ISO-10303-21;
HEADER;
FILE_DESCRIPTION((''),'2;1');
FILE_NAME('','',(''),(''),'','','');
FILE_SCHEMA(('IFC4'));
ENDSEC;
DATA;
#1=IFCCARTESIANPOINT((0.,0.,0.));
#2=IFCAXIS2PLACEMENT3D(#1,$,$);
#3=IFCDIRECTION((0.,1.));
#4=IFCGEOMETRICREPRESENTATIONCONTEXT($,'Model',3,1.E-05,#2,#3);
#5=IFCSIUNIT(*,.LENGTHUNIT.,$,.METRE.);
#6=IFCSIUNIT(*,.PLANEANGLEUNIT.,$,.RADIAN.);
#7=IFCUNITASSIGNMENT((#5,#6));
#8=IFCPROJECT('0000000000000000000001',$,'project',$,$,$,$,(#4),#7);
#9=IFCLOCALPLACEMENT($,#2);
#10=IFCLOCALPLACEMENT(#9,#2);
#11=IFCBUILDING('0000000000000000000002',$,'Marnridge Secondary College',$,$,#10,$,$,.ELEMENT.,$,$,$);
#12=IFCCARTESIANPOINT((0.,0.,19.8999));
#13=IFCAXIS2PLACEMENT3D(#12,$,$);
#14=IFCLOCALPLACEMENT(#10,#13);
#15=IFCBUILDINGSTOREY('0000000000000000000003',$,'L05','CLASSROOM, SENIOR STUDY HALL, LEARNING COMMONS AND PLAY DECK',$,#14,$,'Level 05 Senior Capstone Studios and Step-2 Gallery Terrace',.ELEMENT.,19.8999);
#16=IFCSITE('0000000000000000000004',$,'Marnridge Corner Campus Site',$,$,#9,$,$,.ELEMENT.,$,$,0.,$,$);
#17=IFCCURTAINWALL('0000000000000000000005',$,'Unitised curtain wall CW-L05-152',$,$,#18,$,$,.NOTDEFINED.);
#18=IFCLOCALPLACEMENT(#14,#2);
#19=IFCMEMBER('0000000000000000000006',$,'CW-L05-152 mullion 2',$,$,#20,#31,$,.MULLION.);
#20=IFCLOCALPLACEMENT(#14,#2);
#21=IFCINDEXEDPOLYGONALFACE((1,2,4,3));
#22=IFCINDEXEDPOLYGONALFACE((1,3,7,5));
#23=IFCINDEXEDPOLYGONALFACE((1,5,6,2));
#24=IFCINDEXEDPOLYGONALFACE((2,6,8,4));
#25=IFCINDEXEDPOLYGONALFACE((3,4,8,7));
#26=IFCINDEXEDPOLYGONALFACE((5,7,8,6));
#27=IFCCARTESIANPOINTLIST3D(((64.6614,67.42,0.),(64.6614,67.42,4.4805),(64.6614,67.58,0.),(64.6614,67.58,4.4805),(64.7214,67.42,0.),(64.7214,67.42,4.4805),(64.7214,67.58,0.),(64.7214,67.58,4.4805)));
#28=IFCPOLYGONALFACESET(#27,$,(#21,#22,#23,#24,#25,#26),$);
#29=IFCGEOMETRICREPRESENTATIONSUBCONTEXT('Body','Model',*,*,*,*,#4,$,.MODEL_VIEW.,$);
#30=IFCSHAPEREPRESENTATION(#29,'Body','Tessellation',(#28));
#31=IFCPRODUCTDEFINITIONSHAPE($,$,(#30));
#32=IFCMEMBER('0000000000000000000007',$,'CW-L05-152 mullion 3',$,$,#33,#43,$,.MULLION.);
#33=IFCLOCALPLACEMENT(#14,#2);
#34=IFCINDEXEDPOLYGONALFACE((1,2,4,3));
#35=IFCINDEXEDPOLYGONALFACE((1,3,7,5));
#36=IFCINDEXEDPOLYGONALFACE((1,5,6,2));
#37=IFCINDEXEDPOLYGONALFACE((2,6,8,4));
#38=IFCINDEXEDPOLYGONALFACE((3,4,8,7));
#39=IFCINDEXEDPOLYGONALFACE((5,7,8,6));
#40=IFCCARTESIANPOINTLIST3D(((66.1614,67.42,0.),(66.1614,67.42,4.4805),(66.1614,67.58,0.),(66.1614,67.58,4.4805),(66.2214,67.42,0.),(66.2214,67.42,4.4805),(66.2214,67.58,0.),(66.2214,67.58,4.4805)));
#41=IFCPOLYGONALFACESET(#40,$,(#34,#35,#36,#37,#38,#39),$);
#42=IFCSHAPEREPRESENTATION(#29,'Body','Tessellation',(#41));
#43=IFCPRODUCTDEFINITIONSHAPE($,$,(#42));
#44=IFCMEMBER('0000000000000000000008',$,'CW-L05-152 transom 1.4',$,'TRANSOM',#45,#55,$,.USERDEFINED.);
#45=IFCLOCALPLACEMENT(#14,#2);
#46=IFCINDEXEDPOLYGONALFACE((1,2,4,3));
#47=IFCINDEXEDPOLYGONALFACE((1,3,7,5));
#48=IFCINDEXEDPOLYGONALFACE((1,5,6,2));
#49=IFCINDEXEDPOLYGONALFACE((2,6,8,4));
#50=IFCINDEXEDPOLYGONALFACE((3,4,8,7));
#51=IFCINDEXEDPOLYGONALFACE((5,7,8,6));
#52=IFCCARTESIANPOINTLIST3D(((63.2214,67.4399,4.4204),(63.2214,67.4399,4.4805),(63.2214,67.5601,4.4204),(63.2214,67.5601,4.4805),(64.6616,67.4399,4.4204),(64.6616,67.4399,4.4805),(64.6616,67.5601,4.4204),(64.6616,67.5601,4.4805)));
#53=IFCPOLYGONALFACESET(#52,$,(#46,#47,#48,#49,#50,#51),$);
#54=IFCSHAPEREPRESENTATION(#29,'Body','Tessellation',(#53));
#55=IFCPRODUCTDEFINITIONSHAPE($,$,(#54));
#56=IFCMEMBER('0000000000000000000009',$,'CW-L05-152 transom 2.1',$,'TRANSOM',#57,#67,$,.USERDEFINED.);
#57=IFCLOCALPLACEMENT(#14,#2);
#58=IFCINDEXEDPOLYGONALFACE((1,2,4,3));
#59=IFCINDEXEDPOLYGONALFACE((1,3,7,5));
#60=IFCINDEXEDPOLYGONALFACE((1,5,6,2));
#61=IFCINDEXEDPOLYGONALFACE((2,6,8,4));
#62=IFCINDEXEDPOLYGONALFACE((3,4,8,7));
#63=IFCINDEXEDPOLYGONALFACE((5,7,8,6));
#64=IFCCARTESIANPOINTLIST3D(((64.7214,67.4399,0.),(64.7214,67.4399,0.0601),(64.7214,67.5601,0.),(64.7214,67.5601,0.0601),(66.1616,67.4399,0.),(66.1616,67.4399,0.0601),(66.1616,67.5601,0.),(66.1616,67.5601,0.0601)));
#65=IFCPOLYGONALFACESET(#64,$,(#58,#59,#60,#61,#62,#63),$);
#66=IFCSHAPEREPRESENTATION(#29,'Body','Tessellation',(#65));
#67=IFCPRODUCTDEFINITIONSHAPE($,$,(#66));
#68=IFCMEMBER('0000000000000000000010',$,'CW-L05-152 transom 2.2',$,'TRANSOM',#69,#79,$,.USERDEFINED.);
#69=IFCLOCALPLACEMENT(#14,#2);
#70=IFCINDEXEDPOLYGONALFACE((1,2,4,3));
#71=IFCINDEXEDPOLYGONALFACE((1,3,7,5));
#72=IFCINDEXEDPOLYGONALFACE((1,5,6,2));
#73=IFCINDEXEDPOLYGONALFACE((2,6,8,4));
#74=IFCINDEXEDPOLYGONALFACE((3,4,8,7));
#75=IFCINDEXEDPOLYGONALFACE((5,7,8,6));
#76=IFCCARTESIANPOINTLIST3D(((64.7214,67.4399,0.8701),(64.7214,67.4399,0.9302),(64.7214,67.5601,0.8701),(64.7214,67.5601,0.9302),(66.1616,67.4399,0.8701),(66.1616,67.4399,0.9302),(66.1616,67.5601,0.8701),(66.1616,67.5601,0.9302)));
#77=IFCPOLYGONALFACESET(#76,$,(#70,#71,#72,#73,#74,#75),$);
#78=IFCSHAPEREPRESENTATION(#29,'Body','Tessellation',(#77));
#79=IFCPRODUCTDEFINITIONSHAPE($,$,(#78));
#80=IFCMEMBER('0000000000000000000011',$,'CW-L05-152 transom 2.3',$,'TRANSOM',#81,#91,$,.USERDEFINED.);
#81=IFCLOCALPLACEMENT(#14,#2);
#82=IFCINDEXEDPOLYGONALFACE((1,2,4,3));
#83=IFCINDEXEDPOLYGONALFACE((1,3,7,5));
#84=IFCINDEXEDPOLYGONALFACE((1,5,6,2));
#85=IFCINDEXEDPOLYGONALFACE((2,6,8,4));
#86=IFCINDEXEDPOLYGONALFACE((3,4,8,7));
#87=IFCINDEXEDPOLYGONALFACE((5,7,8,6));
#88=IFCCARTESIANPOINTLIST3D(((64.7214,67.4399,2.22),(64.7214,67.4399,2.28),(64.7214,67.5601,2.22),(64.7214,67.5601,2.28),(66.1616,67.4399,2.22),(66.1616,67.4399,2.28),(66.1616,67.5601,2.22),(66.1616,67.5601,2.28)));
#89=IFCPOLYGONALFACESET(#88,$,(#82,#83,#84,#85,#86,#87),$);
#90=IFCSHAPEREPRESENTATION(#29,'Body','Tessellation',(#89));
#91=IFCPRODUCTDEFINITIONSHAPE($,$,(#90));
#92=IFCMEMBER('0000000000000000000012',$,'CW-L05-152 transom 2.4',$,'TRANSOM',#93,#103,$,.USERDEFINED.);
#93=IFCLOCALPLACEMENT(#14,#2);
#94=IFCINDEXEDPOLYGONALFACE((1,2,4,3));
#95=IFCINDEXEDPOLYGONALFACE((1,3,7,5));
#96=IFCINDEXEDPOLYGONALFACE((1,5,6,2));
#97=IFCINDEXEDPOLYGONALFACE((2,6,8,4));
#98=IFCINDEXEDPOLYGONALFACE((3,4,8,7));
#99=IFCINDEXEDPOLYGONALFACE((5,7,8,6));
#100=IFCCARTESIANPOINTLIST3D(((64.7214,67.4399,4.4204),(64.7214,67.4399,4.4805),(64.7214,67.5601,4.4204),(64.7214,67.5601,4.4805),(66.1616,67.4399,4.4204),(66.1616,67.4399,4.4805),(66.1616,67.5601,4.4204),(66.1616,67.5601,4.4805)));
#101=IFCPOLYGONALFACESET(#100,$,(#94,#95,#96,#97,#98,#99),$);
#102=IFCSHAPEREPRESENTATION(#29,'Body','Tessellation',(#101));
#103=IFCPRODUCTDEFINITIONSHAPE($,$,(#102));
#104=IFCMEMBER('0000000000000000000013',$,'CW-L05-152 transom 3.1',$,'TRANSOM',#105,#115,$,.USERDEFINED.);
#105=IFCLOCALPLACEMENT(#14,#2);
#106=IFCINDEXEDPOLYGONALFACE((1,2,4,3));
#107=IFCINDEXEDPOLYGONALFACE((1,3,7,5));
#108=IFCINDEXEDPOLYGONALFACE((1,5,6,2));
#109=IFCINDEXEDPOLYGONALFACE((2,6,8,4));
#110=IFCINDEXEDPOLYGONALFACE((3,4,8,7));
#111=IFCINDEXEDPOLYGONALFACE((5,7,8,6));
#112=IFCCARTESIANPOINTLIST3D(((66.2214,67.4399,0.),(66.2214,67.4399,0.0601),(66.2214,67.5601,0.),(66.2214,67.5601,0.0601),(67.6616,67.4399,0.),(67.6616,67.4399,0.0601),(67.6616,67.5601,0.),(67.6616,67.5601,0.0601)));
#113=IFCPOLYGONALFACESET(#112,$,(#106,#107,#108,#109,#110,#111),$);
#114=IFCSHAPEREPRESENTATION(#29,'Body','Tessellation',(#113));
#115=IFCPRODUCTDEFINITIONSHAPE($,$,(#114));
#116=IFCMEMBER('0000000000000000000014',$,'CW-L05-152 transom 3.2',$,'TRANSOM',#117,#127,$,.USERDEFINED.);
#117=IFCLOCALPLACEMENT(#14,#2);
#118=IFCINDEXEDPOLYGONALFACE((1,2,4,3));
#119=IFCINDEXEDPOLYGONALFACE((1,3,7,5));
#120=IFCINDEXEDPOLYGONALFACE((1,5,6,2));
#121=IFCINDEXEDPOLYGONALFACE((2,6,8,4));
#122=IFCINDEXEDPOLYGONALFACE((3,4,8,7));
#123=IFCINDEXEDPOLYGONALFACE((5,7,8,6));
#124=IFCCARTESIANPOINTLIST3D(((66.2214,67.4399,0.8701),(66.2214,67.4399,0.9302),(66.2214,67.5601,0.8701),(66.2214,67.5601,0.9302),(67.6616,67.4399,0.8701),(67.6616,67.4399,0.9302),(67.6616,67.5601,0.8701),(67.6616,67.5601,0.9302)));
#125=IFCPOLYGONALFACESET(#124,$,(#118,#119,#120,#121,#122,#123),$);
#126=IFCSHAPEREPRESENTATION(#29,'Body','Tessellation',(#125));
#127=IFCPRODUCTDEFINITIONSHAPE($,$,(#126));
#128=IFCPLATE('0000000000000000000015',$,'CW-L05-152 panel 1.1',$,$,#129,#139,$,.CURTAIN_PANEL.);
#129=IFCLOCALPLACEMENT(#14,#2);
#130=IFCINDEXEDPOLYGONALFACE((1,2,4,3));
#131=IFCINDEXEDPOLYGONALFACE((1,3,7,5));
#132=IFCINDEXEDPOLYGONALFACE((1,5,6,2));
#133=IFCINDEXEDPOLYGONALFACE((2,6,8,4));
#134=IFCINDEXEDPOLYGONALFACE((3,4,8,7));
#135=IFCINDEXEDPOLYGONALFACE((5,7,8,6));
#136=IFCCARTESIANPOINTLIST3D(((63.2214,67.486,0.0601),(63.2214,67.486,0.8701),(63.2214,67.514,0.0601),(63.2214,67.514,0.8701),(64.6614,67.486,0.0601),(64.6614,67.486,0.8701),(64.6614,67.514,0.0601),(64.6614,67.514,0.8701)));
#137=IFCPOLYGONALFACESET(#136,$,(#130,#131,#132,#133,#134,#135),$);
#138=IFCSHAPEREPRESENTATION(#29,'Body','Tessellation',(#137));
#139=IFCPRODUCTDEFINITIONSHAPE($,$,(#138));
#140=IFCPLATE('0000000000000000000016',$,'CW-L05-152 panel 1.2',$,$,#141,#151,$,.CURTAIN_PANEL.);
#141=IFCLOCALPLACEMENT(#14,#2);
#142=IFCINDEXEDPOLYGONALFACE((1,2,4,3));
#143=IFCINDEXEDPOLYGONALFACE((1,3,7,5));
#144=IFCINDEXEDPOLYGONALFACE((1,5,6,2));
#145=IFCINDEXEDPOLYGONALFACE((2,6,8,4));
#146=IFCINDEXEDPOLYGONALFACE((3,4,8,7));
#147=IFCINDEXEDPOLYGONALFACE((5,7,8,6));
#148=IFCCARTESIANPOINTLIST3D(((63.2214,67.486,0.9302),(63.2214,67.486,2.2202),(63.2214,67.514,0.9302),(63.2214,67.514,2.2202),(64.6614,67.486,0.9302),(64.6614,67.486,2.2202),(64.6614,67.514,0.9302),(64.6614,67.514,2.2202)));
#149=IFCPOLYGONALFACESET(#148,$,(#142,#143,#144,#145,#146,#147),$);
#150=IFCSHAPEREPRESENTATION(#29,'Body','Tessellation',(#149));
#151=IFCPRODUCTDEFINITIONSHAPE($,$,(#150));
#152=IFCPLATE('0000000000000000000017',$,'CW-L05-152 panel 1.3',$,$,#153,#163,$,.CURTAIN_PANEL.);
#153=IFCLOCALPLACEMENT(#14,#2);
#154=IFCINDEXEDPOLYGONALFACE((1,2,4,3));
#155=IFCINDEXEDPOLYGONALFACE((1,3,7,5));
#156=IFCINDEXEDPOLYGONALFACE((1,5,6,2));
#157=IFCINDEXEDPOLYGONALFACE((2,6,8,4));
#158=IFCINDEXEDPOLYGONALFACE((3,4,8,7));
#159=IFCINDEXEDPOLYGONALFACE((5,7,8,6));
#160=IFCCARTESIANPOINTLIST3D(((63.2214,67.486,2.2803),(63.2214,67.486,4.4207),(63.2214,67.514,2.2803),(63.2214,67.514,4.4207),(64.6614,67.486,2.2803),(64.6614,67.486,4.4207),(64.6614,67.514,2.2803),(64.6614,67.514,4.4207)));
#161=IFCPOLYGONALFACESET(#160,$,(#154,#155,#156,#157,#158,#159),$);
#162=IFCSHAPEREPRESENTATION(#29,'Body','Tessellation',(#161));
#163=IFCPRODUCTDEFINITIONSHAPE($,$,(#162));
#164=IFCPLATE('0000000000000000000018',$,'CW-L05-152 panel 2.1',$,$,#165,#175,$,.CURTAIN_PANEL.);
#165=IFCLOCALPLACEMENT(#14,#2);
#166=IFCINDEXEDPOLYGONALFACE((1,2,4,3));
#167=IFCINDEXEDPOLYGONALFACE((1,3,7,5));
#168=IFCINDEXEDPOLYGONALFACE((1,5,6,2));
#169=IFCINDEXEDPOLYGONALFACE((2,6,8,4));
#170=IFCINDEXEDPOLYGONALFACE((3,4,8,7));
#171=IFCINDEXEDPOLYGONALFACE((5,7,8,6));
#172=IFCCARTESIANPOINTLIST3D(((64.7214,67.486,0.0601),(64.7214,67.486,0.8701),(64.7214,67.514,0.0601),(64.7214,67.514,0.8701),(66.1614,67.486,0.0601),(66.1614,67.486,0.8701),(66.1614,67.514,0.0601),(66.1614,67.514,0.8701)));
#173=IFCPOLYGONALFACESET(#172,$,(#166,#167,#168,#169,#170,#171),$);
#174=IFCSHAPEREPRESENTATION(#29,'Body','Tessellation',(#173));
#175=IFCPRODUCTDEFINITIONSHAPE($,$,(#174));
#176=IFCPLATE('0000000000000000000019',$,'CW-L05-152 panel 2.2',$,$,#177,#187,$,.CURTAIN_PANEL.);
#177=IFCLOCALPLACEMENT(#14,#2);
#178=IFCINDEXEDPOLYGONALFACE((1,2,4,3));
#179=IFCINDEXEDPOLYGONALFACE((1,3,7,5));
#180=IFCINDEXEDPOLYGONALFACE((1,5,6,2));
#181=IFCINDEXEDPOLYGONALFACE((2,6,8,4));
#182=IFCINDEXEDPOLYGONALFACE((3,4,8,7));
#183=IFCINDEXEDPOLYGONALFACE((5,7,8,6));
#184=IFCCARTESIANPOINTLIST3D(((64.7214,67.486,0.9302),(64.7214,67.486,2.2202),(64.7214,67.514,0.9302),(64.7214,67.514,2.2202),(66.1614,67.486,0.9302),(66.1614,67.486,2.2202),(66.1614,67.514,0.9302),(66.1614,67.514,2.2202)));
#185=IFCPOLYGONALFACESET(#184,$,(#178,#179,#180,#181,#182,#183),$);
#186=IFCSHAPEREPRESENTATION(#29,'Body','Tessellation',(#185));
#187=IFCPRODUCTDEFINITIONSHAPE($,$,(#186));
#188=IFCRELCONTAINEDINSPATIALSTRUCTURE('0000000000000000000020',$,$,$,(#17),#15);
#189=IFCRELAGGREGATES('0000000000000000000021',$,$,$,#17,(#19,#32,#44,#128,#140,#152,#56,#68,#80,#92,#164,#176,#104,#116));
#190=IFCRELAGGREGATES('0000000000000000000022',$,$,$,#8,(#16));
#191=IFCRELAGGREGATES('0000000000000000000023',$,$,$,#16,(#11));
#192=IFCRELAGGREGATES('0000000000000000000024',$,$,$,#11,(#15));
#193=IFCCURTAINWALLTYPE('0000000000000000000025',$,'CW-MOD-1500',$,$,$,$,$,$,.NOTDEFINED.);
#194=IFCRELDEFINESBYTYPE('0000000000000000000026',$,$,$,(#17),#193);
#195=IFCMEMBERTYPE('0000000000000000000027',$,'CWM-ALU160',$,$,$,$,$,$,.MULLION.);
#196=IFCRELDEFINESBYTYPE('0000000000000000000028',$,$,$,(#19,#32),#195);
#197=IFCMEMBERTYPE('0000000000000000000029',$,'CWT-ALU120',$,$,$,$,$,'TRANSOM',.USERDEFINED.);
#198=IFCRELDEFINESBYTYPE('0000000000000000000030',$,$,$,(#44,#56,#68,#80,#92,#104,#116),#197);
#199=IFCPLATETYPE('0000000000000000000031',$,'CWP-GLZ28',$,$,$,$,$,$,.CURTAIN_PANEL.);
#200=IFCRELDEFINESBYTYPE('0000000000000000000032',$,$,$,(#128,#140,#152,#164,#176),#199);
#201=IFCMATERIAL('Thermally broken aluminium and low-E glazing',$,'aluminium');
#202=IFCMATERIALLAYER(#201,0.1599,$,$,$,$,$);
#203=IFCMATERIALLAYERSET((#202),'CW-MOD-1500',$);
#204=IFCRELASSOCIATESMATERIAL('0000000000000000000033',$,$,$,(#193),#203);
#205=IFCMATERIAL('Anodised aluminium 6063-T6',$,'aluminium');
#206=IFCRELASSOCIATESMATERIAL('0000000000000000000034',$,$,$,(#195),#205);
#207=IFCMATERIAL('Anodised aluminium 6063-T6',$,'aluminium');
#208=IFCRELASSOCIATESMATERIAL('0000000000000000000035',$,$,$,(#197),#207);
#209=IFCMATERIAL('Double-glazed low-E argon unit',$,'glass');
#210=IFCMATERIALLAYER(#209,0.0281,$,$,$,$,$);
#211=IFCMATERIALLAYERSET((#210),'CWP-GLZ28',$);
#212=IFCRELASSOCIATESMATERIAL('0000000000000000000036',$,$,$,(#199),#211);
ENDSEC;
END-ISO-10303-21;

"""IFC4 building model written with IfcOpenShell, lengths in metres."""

from ifc_helpers import new_model, si_unit, direction, frame, origin, origin_2d, place, context, subcontext, project, spatial, rectangle, extrude, material, layer, layer_set, material_profile, profile_set, type_object, element, aggregate, save


model = new_model("IFC4")

# Units and contexts
model_context = context("Model", 3, precision=1e-05, world=origin(), true_north=direction((0.0, 1.0)))
body_context = subcontext(model_context, "Body", "Model", "MODEL_VIEW")
ifc_project = project(units=[si_unit("LENGTHUNIT", "METRE"), si_unit("PLANEANGLEUNIT", "RADIAN")], contexts=[model_context])

# Site, building, storey
site_placement = place(None, origin())
site = spatial("IfcSite", under=ifc_project, at=site_placement, Name="Marnridge Corner Campus Site", CompositionType="ELEMENT", RefElevation=0.0)
building_placement = place(site_placement, origin())
building = spatial("IfcBuilding", under=site, at=building_placement, Name="Marnridge Secondary College", CompositionType="ELEMENT")
storey_placement = place(building_placement, frame((0.0, 0.0, 19.8999)))
storey = spatial("IfcBuildingStorey", under=building, at=storey_placement, Name="L05", Description="CLASSROOM, SENIOR STUDY HALL, LEARNING COMMONS AND PLAY DECK", LongName="Level 05 Senior Capstone Studios and Step-2 Gallery Terrace", CompositionType="ELEMENT", Elevation=19.8999)

# Curtain wall, members, plates
ifc_material_1 = material(Name="Thermally broken aluminium and low-E glazing", Category="aluminium")
ifc_layer_1 = layer(ifc_material_1, 0.1599)
ifc_layer_set_1 = layer_set([ifc_layer_1], Name="CW-MOD-1500")
curtain_wall_type = type_object("IfcCurtainWallType", Name="CW-MOD-1500", PredefinedType="NOTDEFINED", material=ifc_layer_set_1)
curtain_wall_placement = place(storey_placement, origin())
curtain_wall = element("IfcCurtainWall", 1, at=curtain_wall_placement, inside=storey, type_object=curtain_wall_type, Name="Unitised curtain wall CW-L05-152", PredefinedType="NOTDEFINED")
ifc_material_2 = material(Name="Anodised aluminium 6063-T6", Category="aluminium")
ifc_material_profile_1 = material_profile(ifc_material_2, rectangle(XDim=0.0601, YDim=0.1599, at=origin_2d()), Name="ALU 60x160")
ifc_profile_set_1 = profile_set([ifc_material_profile_1], Name="Anodised aluminium 6063-T6")
member_type_1 = type_object("IfcMemberType", Name="CWM-ALU160", PredefinedType="MULLION", material=ifc_profile_set_1)
member_1_placement = place(storey_placement, frame((64.6914, 67.5, 0.0), z_axis=(0.0, 0.0, 1.0), x_axis=(1.0, 0.0, 0.0)))
member_1 = element("IfcMember", 2, at=member_1_placement, type_object=member_type_1, Name="CW-L05-152 mullion 2", PredefinedType="MULLION", context=body_context, shape_type="SweptSolid", body=[
    extrude(rectangle(XDim=0.0601, YDim=0.1599, at=origin_2d()), origin(), (0.0, 0.0, 1.0), 4.4805),
])
member_2_placement = place(storey_placement, frame((66.1914, 67.5, 0.0), z_axis=(0.0, 0.0, 1.0), x_axis=(1.0, 0.0, 0.0)))
member_2 = element("IfcMember", 3, at=member_2_placement, type_object=member_type_1, Name="CW-L05-152 mullion 3", PredefinedType="MULLION", context=body_context, shape_type="SweptSolid", body=[
    extrude(rectangle(XDim=0.0601, YDim=0.1599, at=origin_2d()), origin(), (0.0, 0.0, 1.0), 4.4805),
])
ifc_material_3 = material(Name="Anodised aluminium 6063-T6", Category="aluminium")
ifc_material_profile_2 = material_profile(ifc_material_3, rectangle(XDim=0.0601, YDim=0.1201, at=origin_2d()), Name="ALU 60x120")
ifc_profile_set_2 = profile_set([ifc_material_profile_2], Name="Anodised aluminium 6063-T6")
member_type_2 = type_object("IfcMemberType", Name="CWT-ALU120", ElementType="TRANSOM", PredefinedType="USERDEFINED", material=ifc_profile_set_2)
member_3_placement = place(storey_placement, frame((63.2214, 67.5, 4.4504), z_axis=(1.0, 0.0, 0.0), x_axis=(0.0, 0.0, 1.0)))
member_3 = element("IfcMember", 4, at=member_3_placement, type_object=member_type_2, Name="CW-L05-152 transom 1.4", ObjectType="TRANSOM", PredefinedType="USERDEFINED", context=body_context, shape_type="SweptSolid", body=[
    extrude(rectangle(XDim=0.0601, YDim=0.1201, at=origin_2d()), origin(), (0.0, 0.0, 1.0), 1.4402),
])
member_4_placement = place(storey_placement, frame((64.7214, 67.5, 0.03), z_axis=(1.0, 0.0, 0.0), x_axis=(0.0, 0.0, 1.0)))
member_4 = element("IfcMember", 5, at=member_4_placement, type_object=member_type_2, Name="CW-L05-152 transom 2.1", ObjectType="TRANSOM", PredefinedType="USERDEFINED", context=body_context, shape_type="SweptSolid", body=[
    extrude(rectangle(XDim=0.0601, YDim=0.1201, at=origin_2d()), origin(), (0.0, 0.0, 1.0), 1.4402),
])
member_5_placement = place(storey_placement, frame((64.7214, 67.5, 0.9001), z_axis=(1.0, 0.0, 0.0), x_axis=(0.0, 0.0, 1.0)))
member_5 = element("IfcMember", 6, at=member_5_placement, type_object=member_type_2, Name="CW-L05-152 transom 2.2", ObjectType="TRANSOM", PredefinedType="USERDEFINED", context=body_context, shape_type="SweptSolid", body=[
    extrude(rectangle(XDim=0.0601, YDim=0.1201, at=origin_2d()), origin(), (0.0, 0.0, 1.0), 1.4402),
])
member_6_placement = place(storey_placement, frame((64.7214, 67.5, 2.25), z_axis=(1.0, 0.0, 0.0), x_axis=(0.0, 0.0, 1.0)))
member_6 = element("IfcMember", 7, at=member_6_placement, type_object=member_type_2, Name="CW-L05-152 transom 2.3", ObjectType="TRANSOM", PredefinedType="USERDEFINED", context=body_context, shape_type="SweptSolid", body=[
    extrude(rectangle(XDim=0.0601, YDim=0.1201, at=origin_2d()), origin(), (0.0, 0.0, 1.0), 1.4402),
])
member_7_placement = place(storey_placement, frame((64.7214, 67.5, 4.4504), z_axis=(1.0, 0.0, 0.0), x_axis=(0.0, 0.0, 1.0)))
member_7 = element("IfcMember", 8, at=member_7_placement, type_object=member_type_2, Name="CW-L05-152 transom 2.4", ObjectType="TRANSOM", PredefinedType="USERDEFINED", context=body_context, shape_type="SweptSolid", body=[
    extrude(rectangle(XDim=0.0601, YDim=0.1201, at=origin_2d()), origin(), (0.0, 0.0, 1.0), 1.4402),
])
member_8_placement = place(storey_placement, frame((66.2214, 67.5, 0.03), z_axis=(1.0, 0.0, 0.0), x_axis=(0.0, 0.0, 1.0)))
member_8 = element("IfcMember", 9, at=member_8_placement, type_object=member_type_2, Name="CW-L05-152 transom 3.1", ObjectType="TRANSOM", PredefinedType="USERDEFINED", context=body_context, shape_type="SweptSolid", body=[
    extrude(rectangle(XDim=0.0601, YDim=0.1201, at=origin_2d()), origin(), (0.0, 0.0, 1.0), 1.4402),
])
member_9_placement = place(storey_placement, frame((66.2214, 67.5, 0.9001), z_axis=(1.0, 0.0, 0.0), x_axis=(0.0, 0.0, 1.0)))
member_9 = element("IfcMember", 10, at=member_9_placement, type_object=member_type_2, Name="CW-L05-152 transom 3.2", ObjectType="TRANSOM", PredefinedType="USERDEFINED", context=body_context, shape_type="SweptSolid", body=[
    extrude(rectangle(XDim=0.0601, YDim=0.1201, at=origin_2d()), origin(), (0.0, 0.0, 1.0), 1.4402),
])
ifc_material_4 = material(Name="Double-glazed low-E argon unit", Category="glass")
ifc_layer_2 = layer(ifc_material_4, 0.0281)
ifc_layer_set_2 = layer_set([ifc_layer_2], Name="CWP-GLZ28")
plate_type = type_object("IfcPlateType", Name="CWP-GLZ28", PredefinedType="CURTAIN_PANEL", material=ifc_layer_set_2)
plate_1_placement = place(storey_placement, frame((63.9414, 67.5, 0.0601), z_axis=(0.0, 0.0, 1.0), x_axis=(1.0, 0.0, 0.0)))
plate_1 = element("IfcPlate", 11, at=plate_1_placement, type_object=plate_type, Name="CW-L05-152 panel 1.1", PredefinedType="CURTAIN_PANEL", context=body_context, shape_type="SweptSolid", body=[
    extrude(rectangle(XDim=1.4399, YDim=0.0281, at=origin_2d()), origin(), (0.0, 0.0, 1.0), 0.8101),
])
plate_2_placement = place(storey_placement, frame((63.9414, 67.5, 0.9302), z_axis=(0.0, 0.0, 1.0), x_axis=(1.0, 0.0, 0.0)))
plate_2 = element("IfcPlate", 12, at=plate_2_placement, type_object=plate_type, Name="CW-L05-152 panel 1.2", PredefinedType="CURTAIN_PANEL", context=body_context, shape_type="SweptSolid", body=[
    extrude(rectangle(XDim=1.4399, YDim=0.0281, at=origin_2d()), origin(), (0.0, 0.0, 1.0), 1.29),
])
plate_3_placement = place(storey_placement, frame((63.9414, 67.5, 2.2803), z_axis=(0.0, 0.0, 1.0), x_axis=(1.0, 0.0, 0.0)))
plate_3 = element("IfcPlate", 13, at=plate_3_placement, type_object=plate_type, Name="CW-L05-152 panel 1.3", PredefinedType="CURTAIN_PANEL", context=body_context, shape_type="SweptSolid", body=[
    extrude(rectangle(XDim=1.4399, YDim=0.0281, at=origin_2d()), origin(), (0.0, 0.0, 1.0), 2.1404),
])
plate_4_placement = place(storey_placement, frame((65.4414, 67.5, 0.0601), z_axis=(0.0, 0.0, 1.0), x_axis=(1.0, 0.0, 0.0)))
plate_4 = element("IfcPlate", 14, at=plate_4_placement, type_object=plate_type, Name="CW-L05-152 panel 2.1", PredefinedType="CURTAIN_PANEL", context=body_context, shape_type="SweptSolid", body=[
    extrude(rectangle(XDim=1.4399, YDim=0.0281, at=origin_2d()), origin(), (0.0, 0.0, 1.0), 0.8101),
])
plate_5_placement = place(storey_placement, frame((65.4414, 67.5, 0.9302), z_axis=(0.0, 0.0, 1.0), x_axis=(1.0, 0.0, 0.0)))
plate_5 = element("IfcPlate", 15, at=plate_5_placement, type_object=plate_type, Name="CW-L05-152 panel 2.2", PredefinedType="CURTAIN_PANEL", context=body_context, shape_type="SweptSolid", body=[
    extrude(rectangle(XDim=1.4399, YDim=0.0281, at=origin_2d()), origin(), (0.0, 0.0, 1.0), 1.29),
])
aggregate(curtain_wall, [member_1, member_2, member_3, plate_1, plate_2, plate_3, member_4, member_5, member_6, member_7, plate_4, plate_5, member_8, member_9])

save(model, "model.ifc")
